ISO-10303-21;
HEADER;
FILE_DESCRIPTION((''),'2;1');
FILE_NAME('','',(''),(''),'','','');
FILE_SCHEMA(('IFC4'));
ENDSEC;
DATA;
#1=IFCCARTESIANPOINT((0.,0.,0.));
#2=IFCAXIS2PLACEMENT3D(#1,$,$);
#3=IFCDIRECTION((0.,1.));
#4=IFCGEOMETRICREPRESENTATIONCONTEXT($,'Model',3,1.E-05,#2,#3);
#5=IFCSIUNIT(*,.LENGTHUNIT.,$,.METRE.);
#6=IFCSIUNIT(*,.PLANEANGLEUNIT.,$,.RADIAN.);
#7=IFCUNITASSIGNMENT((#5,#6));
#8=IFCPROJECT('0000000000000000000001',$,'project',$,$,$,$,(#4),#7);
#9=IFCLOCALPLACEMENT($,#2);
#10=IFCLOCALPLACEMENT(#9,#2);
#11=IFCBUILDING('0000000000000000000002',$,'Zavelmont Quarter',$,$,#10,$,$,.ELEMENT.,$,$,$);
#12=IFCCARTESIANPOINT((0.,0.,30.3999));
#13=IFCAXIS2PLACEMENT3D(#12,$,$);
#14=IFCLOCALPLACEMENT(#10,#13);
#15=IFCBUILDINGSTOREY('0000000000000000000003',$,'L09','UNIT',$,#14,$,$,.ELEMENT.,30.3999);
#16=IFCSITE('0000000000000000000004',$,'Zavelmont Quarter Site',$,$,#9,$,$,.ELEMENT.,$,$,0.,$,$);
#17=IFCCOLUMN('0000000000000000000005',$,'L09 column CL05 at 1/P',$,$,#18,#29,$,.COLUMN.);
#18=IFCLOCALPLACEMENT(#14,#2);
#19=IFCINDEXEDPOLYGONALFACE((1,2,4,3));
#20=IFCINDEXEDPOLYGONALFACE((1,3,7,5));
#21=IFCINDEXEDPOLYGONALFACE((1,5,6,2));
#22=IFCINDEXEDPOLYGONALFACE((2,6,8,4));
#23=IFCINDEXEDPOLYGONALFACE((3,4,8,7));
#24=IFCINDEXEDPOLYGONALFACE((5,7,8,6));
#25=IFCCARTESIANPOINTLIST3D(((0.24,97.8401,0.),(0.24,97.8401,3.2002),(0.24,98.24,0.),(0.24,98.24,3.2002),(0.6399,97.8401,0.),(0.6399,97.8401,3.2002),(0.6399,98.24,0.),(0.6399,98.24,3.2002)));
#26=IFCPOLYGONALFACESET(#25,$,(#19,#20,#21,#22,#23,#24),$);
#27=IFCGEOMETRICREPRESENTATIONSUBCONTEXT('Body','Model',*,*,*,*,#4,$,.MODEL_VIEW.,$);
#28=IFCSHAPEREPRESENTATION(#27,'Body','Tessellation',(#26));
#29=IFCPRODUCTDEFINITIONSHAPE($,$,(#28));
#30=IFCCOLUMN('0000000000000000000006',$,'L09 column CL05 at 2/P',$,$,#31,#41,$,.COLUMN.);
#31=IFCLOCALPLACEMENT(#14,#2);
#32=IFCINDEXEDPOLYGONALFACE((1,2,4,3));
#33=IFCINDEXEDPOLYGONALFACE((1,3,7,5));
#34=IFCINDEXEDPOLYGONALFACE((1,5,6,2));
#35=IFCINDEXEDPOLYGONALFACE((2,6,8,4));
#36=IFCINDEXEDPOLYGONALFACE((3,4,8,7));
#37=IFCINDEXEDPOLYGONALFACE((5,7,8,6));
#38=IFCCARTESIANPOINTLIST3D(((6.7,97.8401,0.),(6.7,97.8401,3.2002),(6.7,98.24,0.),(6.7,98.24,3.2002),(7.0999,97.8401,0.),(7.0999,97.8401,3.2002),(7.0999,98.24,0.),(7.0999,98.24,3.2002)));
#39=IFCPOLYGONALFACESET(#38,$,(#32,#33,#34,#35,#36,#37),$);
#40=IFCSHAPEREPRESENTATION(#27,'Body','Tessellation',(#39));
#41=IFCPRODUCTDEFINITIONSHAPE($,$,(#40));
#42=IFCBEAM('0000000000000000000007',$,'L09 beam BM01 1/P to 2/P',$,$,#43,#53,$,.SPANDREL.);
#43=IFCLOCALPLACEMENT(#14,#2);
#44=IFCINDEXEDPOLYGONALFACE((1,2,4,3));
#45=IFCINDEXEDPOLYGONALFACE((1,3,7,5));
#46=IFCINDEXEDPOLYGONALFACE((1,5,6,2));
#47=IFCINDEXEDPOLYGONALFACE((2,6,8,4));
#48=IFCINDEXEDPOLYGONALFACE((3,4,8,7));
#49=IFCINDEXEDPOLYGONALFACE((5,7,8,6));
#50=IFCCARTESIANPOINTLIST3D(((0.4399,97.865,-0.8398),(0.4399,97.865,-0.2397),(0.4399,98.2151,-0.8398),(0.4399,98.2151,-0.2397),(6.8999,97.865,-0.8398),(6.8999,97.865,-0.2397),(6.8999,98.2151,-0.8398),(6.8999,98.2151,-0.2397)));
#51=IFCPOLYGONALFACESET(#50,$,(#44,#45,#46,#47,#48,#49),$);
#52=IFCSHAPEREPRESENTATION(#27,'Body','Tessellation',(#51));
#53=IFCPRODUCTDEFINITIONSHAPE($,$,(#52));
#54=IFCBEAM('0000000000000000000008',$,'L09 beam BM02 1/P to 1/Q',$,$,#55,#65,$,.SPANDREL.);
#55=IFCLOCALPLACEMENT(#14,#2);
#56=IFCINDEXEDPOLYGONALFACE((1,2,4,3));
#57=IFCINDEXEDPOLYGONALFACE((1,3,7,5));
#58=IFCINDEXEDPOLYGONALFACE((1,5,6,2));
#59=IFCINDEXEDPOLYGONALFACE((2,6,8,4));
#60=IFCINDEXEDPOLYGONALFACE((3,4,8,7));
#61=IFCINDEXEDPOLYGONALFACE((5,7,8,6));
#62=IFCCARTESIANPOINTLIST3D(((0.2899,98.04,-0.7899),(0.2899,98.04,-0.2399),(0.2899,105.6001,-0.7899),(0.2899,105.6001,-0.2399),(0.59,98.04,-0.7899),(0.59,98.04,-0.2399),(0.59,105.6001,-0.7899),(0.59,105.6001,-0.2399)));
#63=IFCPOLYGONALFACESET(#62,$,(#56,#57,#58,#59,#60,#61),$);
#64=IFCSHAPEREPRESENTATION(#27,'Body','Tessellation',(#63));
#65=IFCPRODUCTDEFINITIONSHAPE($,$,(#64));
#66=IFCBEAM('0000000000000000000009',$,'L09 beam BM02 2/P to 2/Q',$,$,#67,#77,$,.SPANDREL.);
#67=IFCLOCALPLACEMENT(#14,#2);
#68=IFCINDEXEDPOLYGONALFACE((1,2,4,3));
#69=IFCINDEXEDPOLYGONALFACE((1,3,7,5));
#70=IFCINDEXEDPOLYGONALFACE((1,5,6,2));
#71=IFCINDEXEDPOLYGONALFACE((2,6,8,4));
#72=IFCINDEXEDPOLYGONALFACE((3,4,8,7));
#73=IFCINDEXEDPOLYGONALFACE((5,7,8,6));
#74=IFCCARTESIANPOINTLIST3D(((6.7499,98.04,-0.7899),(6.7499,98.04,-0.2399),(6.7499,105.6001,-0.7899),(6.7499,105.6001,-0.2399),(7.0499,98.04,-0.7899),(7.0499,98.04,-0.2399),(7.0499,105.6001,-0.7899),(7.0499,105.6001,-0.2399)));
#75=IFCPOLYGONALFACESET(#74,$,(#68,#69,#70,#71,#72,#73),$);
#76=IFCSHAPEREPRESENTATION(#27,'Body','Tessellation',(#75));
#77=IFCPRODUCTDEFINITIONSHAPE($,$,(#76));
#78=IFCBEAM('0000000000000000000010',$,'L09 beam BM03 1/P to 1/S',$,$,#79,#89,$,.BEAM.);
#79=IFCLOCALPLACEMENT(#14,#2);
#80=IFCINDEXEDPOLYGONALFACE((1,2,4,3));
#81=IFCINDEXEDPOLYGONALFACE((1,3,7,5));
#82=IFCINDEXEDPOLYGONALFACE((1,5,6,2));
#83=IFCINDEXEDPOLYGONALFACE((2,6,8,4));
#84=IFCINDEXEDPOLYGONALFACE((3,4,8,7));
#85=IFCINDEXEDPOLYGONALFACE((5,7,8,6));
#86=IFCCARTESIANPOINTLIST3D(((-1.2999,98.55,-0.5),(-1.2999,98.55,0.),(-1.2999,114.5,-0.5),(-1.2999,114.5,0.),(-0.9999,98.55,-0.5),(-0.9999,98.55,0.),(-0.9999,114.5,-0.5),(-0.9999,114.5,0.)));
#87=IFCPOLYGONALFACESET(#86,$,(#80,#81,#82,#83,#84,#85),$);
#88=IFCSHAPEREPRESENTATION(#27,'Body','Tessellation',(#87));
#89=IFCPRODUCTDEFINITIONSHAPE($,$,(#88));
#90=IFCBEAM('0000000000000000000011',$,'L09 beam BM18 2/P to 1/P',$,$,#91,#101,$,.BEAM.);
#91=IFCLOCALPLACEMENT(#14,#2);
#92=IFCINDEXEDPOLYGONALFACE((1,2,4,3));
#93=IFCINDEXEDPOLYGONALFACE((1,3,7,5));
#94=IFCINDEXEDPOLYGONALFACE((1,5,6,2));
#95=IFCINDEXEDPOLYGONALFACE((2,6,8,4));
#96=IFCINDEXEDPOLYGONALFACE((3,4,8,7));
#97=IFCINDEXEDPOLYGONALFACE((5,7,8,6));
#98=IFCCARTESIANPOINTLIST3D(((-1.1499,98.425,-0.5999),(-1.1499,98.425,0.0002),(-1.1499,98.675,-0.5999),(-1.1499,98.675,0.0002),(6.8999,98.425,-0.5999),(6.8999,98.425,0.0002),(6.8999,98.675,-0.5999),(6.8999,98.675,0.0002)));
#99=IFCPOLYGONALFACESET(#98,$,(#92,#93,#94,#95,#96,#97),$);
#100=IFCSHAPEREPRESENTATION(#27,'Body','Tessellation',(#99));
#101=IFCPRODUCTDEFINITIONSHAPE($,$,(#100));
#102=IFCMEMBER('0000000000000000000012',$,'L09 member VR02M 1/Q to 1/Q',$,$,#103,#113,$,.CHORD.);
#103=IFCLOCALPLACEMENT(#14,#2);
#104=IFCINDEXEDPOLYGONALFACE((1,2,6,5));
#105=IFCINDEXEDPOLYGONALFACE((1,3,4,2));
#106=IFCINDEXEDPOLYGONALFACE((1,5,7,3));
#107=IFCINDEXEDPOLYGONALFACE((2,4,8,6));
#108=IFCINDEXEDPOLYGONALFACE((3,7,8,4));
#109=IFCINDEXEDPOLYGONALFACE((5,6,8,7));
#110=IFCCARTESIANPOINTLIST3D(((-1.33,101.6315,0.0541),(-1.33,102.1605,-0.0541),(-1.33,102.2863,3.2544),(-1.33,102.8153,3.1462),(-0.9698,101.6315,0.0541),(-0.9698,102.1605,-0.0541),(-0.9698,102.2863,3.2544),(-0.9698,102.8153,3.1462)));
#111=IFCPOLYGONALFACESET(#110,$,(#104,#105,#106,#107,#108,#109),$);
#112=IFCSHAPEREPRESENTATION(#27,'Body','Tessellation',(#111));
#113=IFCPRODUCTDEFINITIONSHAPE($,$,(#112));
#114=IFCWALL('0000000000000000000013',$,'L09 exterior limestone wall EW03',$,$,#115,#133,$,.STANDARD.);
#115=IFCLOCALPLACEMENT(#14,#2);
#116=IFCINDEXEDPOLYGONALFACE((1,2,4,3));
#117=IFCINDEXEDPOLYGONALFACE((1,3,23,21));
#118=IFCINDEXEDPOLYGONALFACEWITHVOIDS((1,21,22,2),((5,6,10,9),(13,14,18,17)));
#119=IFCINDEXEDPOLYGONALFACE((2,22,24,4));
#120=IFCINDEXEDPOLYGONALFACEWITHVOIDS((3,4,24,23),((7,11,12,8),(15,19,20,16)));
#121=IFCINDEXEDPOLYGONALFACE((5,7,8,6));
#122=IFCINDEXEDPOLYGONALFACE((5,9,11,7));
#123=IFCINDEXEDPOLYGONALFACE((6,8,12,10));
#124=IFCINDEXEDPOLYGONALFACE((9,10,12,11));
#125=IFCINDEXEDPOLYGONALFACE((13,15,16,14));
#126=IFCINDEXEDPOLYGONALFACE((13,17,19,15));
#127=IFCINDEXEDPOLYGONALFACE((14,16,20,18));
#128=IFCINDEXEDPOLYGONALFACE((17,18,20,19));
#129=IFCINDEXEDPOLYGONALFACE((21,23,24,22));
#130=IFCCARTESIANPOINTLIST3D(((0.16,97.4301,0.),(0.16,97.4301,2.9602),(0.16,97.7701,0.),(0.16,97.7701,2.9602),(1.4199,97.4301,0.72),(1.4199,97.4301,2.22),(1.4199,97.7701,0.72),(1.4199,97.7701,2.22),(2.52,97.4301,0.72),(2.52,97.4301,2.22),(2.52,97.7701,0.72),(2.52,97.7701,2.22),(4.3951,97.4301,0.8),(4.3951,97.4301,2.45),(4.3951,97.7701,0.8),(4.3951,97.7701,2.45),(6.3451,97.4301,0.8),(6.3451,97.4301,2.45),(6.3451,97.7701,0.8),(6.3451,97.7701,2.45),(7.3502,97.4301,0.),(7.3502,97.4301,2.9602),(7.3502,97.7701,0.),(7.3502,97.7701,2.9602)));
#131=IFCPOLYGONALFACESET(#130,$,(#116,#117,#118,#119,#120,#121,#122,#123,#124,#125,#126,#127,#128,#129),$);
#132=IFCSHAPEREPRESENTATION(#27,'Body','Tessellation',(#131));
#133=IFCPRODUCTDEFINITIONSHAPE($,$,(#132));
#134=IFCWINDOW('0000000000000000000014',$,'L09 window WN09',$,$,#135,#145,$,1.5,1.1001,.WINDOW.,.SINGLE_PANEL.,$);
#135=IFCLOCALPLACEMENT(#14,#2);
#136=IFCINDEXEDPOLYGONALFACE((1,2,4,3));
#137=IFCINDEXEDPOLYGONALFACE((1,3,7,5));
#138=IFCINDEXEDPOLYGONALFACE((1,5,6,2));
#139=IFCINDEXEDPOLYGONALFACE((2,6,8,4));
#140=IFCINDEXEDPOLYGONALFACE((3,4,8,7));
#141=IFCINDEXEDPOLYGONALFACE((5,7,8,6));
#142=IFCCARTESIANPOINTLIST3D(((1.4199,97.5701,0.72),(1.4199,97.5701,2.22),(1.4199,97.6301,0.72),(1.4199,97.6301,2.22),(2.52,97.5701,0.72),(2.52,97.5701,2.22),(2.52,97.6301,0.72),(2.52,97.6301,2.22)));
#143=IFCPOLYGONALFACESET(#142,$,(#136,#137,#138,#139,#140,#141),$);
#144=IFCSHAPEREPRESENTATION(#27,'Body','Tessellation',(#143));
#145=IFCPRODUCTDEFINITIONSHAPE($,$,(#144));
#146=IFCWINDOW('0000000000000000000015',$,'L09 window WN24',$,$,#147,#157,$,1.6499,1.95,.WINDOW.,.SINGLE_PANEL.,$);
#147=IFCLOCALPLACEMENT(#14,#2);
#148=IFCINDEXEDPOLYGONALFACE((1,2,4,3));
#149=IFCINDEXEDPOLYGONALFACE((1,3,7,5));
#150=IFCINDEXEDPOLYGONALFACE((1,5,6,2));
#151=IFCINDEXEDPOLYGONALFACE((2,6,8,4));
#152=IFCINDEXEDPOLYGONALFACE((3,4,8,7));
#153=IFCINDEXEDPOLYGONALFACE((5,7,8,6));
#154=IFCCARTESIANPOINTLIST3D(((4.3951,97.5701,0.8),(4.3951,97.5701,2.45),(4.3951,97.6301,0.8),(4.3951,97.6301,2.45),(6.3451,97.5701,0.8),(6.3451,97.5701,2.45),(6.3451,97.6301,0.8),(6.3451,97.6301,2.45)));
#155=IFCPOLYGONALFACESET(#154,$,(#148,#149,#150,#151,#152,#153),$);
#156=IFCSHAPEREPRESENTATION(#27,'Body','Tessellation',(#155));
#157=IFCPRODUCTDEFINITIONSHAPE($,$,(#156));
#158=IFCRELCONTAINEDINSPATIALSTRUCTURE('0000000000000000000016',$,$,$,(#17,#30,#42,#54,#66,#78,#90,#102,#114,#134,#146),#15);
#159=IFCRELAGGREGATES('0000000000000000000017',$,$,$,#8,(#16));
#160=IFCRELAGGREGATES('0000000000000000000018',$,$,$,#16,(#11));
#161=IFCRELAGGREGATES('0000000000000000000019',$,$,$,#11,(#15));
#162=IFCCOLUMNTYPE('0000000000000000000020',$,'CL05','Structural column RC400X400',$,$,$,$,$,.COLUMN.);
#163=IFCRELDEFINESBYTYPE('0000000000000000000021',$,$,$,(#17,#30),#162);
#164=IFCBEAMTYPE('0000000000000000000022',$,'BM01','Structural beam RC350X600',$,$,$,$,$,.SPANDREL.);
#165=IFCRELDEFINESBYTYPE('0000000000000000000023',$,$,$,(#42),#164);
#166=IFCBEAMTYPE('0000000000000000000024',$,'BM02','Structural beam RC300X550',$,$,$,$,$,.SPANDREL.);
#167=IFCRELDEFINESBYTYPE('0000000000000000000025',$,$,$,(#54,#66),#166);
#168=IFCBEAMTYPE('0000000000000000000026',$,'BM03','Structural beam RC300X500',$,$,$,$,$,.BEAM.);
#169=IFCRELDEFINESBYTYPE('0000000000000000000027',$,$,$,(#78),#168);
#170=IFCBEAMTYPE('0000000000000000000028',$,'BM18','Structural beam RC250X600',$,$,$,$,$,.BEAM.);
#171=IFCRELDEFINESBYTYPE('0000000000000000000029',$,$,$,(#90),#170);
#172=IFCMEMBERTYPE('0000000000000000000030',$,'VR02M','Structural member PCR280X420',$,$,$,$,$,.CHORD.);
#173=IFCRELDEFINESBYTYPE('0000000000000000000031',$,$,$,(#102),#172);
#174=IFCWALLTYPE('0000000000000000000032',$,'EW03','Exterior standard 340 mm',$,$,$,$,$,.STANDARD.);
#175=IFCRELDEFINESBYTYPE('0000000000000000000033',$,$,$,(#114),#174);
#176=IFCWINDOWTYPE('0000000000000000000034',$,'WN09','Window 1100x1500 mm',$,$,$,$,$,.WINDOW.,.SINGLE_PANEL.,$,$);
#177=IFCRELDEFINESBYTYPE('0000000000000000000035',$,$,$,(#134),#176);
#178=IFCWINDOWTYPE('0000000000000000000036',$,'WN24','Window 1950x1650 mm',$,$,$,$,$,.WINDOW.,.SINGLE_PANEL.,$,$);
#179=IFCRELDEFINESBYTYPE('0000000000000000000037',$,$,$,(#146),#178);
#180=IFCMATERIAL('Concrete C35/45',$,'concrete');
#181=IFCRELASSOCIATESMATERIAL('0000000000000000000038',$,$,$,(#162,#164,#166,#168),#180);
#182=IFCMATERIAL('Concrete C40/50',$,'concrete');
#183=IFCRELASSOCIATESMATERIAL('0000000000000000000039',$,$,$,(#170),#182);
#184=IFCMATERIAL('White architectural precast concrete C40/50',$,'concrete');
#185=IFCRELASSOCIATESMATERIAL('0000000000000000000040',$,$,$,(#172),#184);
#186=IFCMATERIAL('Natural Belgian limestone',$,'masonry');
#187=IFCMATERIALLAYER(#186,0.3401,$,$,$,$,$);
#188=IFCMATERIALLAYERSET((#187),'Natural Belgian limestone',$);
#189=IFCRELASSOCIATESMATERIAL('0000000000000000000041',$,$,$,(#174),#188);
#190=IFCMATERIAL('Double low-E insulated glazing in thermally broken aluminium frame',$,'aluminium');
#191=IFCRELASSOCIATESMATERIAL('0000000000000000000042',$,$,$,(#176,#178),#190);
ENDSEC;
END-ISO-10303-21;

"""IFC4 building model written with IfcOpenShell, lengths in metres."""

from ifc_helpers import new_model, si_unit, direction, frame, frame_2d, origin, origin_with_axes, origin_2d, place, context, subcontext, project, spatial, rectangle, extrude, material, layer, layer_set, material_profile, profile_set, type_object, element, fill, save


model = new_model("IFC4")

# Units and contexts
model_context = context("Model", 3, precision=1e-05, world=origin(), true_north=direction((0.0, 1.0)))
body_context = subcontext(model_context, "Body", "Model", "MODEL_VIEW")
ifc_project = project(units=[si_unit("LENGTHUNIT", "METRE"), si_unit("PLANEANGLEUNIT", "RADIAN")], contexts=[model_context])

# Site, building, storey
site_placement = place(None, origin())
site = spatial("IfcSite", under=ifc_project, at=site_placement, Name="Zavelmont Quarter Site", CompositionType="ELEMENT", RefElevation=0.0)
building_placement = place(site_placement, origin())
building = spatial("IfcBuilding", under=site, at=building_placement, Name="Zavelmont Quarter", CompositionType="ELEMENT")
storey_placement = place(building_placement, frame((0.0, 0.0, 30.3999)))
storey = spatial("IfcBuildingStorey", under=building, at=storey_placement, Name="L09", Description="UNIT", CompositionType="ELEMENT", Elevation=30.3999)

# Columns
ifc_material_1 = material(Name="Concrete C35/45", Category="concrete")
ifc_material_profile_1 = material_profile(ifc_material_1, rectangle(XDim=0.3999, YDim=0.3999, at=origin_2d()), Name="RC400X400")
ifc_profile_set_1 = profile_set([ifc_material_profile_1], Name="Concrete C35/45")
column_type = type_object("IfcColumnType", Name="CL05", Description="Structural column RC400X400", PredefinedType="COLUMN", material=ifc_profile_set_1)
for number, where, z_axis, x_axis, name in (
    (1, (0.4399, 98.04, 0.0), (0.0, 0.0, 1.0), (1.0, 0.0, 0.0), "L09 column CL05 at 1/P"),
    (2, (6.8999, 98.04, 0.0), (0.0, 0.0, 1.0), (1.0, 0.0, 0.0), "L09 column CL05 at 2/P"),
):
    element("IfcColumn", number, at=place(storey_placement, frame(where, z_axis=z_axis, x_axis=x_axis)), inside=storey, type_object=column_type, Name=name, PredefinedType="COLUMN", context=body_context, shape_type="SweptSolid", body=[
        extrude(rectangle(XDim=0.3999, YDim=0.3999, at=origin_2d()), origin(), (0.0, 0.0, 1.0), 3.2002),
    ])

# Beams
ifc_material_profile_2 = material_profile(ifc_material_1, rectangle(XDim=0.3501, YDim=0.6001, at=origin_2d()), Name="RC350X600")
ifc_profile_set_2 = profile_set([ifc_material_profile_2], Name="Concrete C35/45")
beam_type_1 = type_object("IfcBeamType", Name="BM01", Description="Structural beam RC350X600", PredefinedType="SPANDREL", material=ifc_profile_set_2)
beam_1_placement = place(storey_placement, frame((0.4399, 98.04, -0.5398), z_axis=(1.0, 0.0, 0.0), x_axis=(0.0, 1.0, 0.0)))
element("IfcBeam", 3, at=beam_1_placement, inside=storey, type_object=beam_type_1, Name="L09 beam BM01 1/P to 2/P", PredefinedType="SPANDREL", context=body_context, shape_type="SweptSolid", body=[
    extrude(rectangle(XDim=0.3501, YDim=0.6001, at=origin_2d()), origin(), (0.0, 0.0, 1.0), 6.46),
])
ifc_material_profile_3 = material_profile(ifc_material_1, rectangle(XDim=0.3, YDim=0.55, at=origin_2d()), Name="RC300X550")
ifc_profile_set_3 = profile_set([ifc_material_profile_3], Name="Concrete C35/45")
beam_type_2 = type_object("IfcBeamType", Name="BM02", Description="Structural beam RC300X550", PredefinedType="SPANDREL", material=ifc_profile_set_3)
for number, where, z_axis, x_axis, name in (
    (4, (0.4399, 98.04, -0.5149), (0.0, 1.0, 0.0), (-1.0, 0.0, 0.0), "L09 beam BM02 1/P to 1/Q"),
    (5, (6.8999, 98.04, -0.5149), (0.0, 1.0, 0.0), (-1.0, 0.0, 0.0), "L09 beam BM02 2/P to 2/Q"),
):
    element("IfcBeam", number, at=place(storey_placement, frame(where, z_axis=z_axis, x_axis=x_axis)), inside=storey, type_object=beam_type_2, Name=name, PredefinedType="SPANDREL", context=body_context, shape_type="SweptSolid", body=[
        extrude(rectangle(XDim=0.3, YDim=0.55, at=origin_2d()), origin(), (0.0, 0.0, 1.0), 7.5601),
    ])
ifc_material_profile_4 = material_profile(ifc_material_1, rectangle(XDim=0.3, YDim=0.5, at=origin_2d()), Name="RC300X500")
ifc_profile_set_4 = profile_set([ifc_material_profile_4], Name="Concrete C35/45")
beam_type_3 = type_object("IfcBeamType", Name="BM03", Description="Structural beam RC300X500", PredefinedType="BEAM", material=ifc_profile_set_4)
beam_2_placement = place(storey_placement, frame((-1.1499, 98.55, -0.25), z_axis=(0.0, 1.0, 0.0), x_axis=(-1.0, 0.0, 0.0)))
element("IfcBeam", 6, at=beam_2_placement, inside=storey, type_object=beam_type_3, Name="L09 beam BM03 1/P to 1/S", PredefinedType="BEAM", context=body_context, shape_type="SweptSolid", body=[
    extrude(rectangle(XDim=0.3, YDim=0.5, at=origin_2d()), origin(), (0.0, 0.0, 1.0), 15.95),
])
ifc_material_2 = material(Name="Concrete C40/50", Category="concrete")
ifc_material_profile_5 = material_profile(ifc_material_2, rectangle(XDim=0.25, YDim=0.6001, at=origin_2d()), Name="RC250X600")
ifc_profile_set_5 = profile_set([ifc_material_profile_5], Name="Concrete C40/50")
beam_type_4 = type_object("IfcBeamType", Name="BM18", Description="Structural beam RC250X600", PredefinedType="BEAM", material=ifc_profile_set_5)
beam_3_placement = place(storey_placement, frame((6.8999, 98.55, -0.2998), z_axis=(-1.0, 0.0, 0.0), x_axis=(0.0, -1.0, 0.0)))
element("IfcBeam", 7, at=beam_3_placement, inside=storey, type_object=beam_type_4, Name="L09 beam BM18 2/P to 1/P", PredefinedType="BEAM", context=body_context, shape_type="SweptSolid", body=[
    extrude(rectangle(XDim=0.25, YDim=0.6001, at=origin_2d()), origin(), (0.0, 0.0, 1.0), 8.0498),
])

# Member
ifc_material_3 = material(Name="White architectural precast concrete C40/50", Category="concrete")
ifc_material_profile_6 = material_profile(ifc_material_3, rectangle(XDim=0.3601, YDim=0.54, at=origin_2d()), Name="PCR280X420")
ifc_profile_set_6 = profile_set([ifc_material_profile_6], Name="White architectural precast concrete C40/50")
member_type = type_object("IfcMemberType", Name="VR02M", Description="Structural member PCR280X420", PredefinedType="CHORD", material=ifc_profile_set_6)
member_placement = place(storey_placement, frame((-1.1499, 101.896, 0.0), z_axis=(0.0, 0.200455, 0.979703), x_axis=(-1.0, 0.0, 0.0)))
element("IfcMember", 8, at=member_placement, inside=storey, type_object=member_type, Name="L09 member VR02M 1/Q to 1/Q", PredefinedType="CHORD", context=body_context, shape_type="SweptSolid", body=[
    extrude(rectangle(XDim=0.3601, YDim=0.54, at=origin_2d()), origin(), (0.0, 0.0, 1.0), 3.2666),
])

# Wall, openings, windows
ifc_material_4 = material(Name="Natural Belgian limestone", Category="masonry")
ifc_layer_1 = layer(ifc_material_4, 0.3401)
ifc_layer_set_1 = layer_set([ifc_layer_1], Name="Natural Belgian limestone")
wall_type_1 = type_object("IfcWallType", Name="EW03", Description="Exterior standard 340 mm", PredefinedType="STANDARD", material=ifc_layer_set_1)
wall_1_placement = place(storey_placement, frame((0.1599, 97.6001, 0.0), z_axis=(0.0, 0.0, 1.0), x_axis=(1.0, 0.0, 0.0)))
wall_1 = element("IfcWall", 9, at=wall_1_placement, inside=storey, type_object=wall_type_1, Name="L09 exterior limestone wall EW03", PredefinedType="STANDARD", context=body_context, shape_type="SweptSolid", body=[
    extrude(rectangle(XDim=7.1902, YDim=0.3401, at=frame_2d((3.5952, 0.0))), origin(), (0.0, 0.0, 1.0), 2.9602),
])
opening_1_placement = place(wall_1_placement, frame((1.26, 0.0, 0.72)))
opening_1 = element("IfcOpeningElement", 10, at=opening_1_placement, cuts=wall_1, PredefinedType="OPENING", context=body_context, shape_type="SweptSolid", body=[
    extrude(rectangle(XDim=1.1001, YDim=1.5, at=frame_2d((0.55, 0.75))), frame((0.0, 0.1821, 0.0), z_axis=(0.0, -1.0, 0.0), x_axis=(1.0, 0.0, 0.0)), (0.0, 0.0, 1.0), 0.364),
])
opening_2_placement = place(wall_1_placement, frame((4.2351, 0.0, 0.8)))
opening_2 = element("IfcOpeningElement", 11, at=opening_2_placement, cuts=wall_1, PredefinedType="OPENING", context=body_context, shape_type="SweptSolid", body=[
    extrude(rectangle(XDim=1.95, YDim=1.6499, at=frame_2d((0.9751, 0.825))), frame((0.0, 0.1821, 0.0), z_axis=(0.0, -1.0, 0.0), x_axis=(1.0, 0.0, 0.0)), (0.0, 0.0, 1.0), 0.364),
])
ifc_material_5 = material(Name="Double low-E insulated glazing in thermally broken aluminium frame", Category="aluminium")
window_type_1 = type_object("IfcWindowType", Name="WN09", Description="Window 1100x1500 mm", PartitioningType="SINGLE_PANEL", PredefinedType="WINDOW", material=ifc_material_5)
window_1_placement = place(opening_1_placement, origin_with_axes())
window_1 = element("IfcWindow", 12, at=window_1_placement, inside=storey, type_object=window_type_1, Name="L09 window WN09", OverallHeight=1.5, OverallWidth=1.1001, PartitioningType="SINGLE_PANEL", PredefinedType="WINDOW", context=body_context, shape_type="SweptSolid", body=[
    extrude(rectangle(XDim=1.1001, YDim=1.5, at=frame_2d((0.55, 0.75))), frame((0.0, 0.03, 0.0), z_axis=(0.0, -1.0, 0.0), x_axis=(1.0, 0.0, 0.0)), (0.0, 0.0, 1.0), 0.0601),
])
fill(opening_1, window_1)
window_type_2 = type_object("IfcWindowType", Name="WN24", Description="Window 1950x1650 mm", PartitioningType="SINGLE_PANEL", PredefinedType="WINDOW", material=ifc_material_5)
window_2_placement = place(opening_2_placement, origin_with_axes())
window_2 = element("IfcWindow", 13, at=window_2_placement, inside=storey, type_object=window_type_2, Name="L09 window WN24", OverallHeight=1.6499, OverallWidth=1.95, PartitioningType="SINGLE_PANEL", PredefinedType="WINDOW", context=body_context, shape_type="SweptSolid", body=[
    extrude(rectangle(XDim=1.95, YDim=1.6499, at=frame_2d((0.9751, 0.825))), frame((0.0, 0.03, 0.0), z_axis=(0.0, -1.0, 0.0), x_axis=(1.0, 0.0, 0.0)), (0.0, 0.0, 1.0), 0.0601),
])
fill(opening_2, window_2)

save(model, "model.ifc")
